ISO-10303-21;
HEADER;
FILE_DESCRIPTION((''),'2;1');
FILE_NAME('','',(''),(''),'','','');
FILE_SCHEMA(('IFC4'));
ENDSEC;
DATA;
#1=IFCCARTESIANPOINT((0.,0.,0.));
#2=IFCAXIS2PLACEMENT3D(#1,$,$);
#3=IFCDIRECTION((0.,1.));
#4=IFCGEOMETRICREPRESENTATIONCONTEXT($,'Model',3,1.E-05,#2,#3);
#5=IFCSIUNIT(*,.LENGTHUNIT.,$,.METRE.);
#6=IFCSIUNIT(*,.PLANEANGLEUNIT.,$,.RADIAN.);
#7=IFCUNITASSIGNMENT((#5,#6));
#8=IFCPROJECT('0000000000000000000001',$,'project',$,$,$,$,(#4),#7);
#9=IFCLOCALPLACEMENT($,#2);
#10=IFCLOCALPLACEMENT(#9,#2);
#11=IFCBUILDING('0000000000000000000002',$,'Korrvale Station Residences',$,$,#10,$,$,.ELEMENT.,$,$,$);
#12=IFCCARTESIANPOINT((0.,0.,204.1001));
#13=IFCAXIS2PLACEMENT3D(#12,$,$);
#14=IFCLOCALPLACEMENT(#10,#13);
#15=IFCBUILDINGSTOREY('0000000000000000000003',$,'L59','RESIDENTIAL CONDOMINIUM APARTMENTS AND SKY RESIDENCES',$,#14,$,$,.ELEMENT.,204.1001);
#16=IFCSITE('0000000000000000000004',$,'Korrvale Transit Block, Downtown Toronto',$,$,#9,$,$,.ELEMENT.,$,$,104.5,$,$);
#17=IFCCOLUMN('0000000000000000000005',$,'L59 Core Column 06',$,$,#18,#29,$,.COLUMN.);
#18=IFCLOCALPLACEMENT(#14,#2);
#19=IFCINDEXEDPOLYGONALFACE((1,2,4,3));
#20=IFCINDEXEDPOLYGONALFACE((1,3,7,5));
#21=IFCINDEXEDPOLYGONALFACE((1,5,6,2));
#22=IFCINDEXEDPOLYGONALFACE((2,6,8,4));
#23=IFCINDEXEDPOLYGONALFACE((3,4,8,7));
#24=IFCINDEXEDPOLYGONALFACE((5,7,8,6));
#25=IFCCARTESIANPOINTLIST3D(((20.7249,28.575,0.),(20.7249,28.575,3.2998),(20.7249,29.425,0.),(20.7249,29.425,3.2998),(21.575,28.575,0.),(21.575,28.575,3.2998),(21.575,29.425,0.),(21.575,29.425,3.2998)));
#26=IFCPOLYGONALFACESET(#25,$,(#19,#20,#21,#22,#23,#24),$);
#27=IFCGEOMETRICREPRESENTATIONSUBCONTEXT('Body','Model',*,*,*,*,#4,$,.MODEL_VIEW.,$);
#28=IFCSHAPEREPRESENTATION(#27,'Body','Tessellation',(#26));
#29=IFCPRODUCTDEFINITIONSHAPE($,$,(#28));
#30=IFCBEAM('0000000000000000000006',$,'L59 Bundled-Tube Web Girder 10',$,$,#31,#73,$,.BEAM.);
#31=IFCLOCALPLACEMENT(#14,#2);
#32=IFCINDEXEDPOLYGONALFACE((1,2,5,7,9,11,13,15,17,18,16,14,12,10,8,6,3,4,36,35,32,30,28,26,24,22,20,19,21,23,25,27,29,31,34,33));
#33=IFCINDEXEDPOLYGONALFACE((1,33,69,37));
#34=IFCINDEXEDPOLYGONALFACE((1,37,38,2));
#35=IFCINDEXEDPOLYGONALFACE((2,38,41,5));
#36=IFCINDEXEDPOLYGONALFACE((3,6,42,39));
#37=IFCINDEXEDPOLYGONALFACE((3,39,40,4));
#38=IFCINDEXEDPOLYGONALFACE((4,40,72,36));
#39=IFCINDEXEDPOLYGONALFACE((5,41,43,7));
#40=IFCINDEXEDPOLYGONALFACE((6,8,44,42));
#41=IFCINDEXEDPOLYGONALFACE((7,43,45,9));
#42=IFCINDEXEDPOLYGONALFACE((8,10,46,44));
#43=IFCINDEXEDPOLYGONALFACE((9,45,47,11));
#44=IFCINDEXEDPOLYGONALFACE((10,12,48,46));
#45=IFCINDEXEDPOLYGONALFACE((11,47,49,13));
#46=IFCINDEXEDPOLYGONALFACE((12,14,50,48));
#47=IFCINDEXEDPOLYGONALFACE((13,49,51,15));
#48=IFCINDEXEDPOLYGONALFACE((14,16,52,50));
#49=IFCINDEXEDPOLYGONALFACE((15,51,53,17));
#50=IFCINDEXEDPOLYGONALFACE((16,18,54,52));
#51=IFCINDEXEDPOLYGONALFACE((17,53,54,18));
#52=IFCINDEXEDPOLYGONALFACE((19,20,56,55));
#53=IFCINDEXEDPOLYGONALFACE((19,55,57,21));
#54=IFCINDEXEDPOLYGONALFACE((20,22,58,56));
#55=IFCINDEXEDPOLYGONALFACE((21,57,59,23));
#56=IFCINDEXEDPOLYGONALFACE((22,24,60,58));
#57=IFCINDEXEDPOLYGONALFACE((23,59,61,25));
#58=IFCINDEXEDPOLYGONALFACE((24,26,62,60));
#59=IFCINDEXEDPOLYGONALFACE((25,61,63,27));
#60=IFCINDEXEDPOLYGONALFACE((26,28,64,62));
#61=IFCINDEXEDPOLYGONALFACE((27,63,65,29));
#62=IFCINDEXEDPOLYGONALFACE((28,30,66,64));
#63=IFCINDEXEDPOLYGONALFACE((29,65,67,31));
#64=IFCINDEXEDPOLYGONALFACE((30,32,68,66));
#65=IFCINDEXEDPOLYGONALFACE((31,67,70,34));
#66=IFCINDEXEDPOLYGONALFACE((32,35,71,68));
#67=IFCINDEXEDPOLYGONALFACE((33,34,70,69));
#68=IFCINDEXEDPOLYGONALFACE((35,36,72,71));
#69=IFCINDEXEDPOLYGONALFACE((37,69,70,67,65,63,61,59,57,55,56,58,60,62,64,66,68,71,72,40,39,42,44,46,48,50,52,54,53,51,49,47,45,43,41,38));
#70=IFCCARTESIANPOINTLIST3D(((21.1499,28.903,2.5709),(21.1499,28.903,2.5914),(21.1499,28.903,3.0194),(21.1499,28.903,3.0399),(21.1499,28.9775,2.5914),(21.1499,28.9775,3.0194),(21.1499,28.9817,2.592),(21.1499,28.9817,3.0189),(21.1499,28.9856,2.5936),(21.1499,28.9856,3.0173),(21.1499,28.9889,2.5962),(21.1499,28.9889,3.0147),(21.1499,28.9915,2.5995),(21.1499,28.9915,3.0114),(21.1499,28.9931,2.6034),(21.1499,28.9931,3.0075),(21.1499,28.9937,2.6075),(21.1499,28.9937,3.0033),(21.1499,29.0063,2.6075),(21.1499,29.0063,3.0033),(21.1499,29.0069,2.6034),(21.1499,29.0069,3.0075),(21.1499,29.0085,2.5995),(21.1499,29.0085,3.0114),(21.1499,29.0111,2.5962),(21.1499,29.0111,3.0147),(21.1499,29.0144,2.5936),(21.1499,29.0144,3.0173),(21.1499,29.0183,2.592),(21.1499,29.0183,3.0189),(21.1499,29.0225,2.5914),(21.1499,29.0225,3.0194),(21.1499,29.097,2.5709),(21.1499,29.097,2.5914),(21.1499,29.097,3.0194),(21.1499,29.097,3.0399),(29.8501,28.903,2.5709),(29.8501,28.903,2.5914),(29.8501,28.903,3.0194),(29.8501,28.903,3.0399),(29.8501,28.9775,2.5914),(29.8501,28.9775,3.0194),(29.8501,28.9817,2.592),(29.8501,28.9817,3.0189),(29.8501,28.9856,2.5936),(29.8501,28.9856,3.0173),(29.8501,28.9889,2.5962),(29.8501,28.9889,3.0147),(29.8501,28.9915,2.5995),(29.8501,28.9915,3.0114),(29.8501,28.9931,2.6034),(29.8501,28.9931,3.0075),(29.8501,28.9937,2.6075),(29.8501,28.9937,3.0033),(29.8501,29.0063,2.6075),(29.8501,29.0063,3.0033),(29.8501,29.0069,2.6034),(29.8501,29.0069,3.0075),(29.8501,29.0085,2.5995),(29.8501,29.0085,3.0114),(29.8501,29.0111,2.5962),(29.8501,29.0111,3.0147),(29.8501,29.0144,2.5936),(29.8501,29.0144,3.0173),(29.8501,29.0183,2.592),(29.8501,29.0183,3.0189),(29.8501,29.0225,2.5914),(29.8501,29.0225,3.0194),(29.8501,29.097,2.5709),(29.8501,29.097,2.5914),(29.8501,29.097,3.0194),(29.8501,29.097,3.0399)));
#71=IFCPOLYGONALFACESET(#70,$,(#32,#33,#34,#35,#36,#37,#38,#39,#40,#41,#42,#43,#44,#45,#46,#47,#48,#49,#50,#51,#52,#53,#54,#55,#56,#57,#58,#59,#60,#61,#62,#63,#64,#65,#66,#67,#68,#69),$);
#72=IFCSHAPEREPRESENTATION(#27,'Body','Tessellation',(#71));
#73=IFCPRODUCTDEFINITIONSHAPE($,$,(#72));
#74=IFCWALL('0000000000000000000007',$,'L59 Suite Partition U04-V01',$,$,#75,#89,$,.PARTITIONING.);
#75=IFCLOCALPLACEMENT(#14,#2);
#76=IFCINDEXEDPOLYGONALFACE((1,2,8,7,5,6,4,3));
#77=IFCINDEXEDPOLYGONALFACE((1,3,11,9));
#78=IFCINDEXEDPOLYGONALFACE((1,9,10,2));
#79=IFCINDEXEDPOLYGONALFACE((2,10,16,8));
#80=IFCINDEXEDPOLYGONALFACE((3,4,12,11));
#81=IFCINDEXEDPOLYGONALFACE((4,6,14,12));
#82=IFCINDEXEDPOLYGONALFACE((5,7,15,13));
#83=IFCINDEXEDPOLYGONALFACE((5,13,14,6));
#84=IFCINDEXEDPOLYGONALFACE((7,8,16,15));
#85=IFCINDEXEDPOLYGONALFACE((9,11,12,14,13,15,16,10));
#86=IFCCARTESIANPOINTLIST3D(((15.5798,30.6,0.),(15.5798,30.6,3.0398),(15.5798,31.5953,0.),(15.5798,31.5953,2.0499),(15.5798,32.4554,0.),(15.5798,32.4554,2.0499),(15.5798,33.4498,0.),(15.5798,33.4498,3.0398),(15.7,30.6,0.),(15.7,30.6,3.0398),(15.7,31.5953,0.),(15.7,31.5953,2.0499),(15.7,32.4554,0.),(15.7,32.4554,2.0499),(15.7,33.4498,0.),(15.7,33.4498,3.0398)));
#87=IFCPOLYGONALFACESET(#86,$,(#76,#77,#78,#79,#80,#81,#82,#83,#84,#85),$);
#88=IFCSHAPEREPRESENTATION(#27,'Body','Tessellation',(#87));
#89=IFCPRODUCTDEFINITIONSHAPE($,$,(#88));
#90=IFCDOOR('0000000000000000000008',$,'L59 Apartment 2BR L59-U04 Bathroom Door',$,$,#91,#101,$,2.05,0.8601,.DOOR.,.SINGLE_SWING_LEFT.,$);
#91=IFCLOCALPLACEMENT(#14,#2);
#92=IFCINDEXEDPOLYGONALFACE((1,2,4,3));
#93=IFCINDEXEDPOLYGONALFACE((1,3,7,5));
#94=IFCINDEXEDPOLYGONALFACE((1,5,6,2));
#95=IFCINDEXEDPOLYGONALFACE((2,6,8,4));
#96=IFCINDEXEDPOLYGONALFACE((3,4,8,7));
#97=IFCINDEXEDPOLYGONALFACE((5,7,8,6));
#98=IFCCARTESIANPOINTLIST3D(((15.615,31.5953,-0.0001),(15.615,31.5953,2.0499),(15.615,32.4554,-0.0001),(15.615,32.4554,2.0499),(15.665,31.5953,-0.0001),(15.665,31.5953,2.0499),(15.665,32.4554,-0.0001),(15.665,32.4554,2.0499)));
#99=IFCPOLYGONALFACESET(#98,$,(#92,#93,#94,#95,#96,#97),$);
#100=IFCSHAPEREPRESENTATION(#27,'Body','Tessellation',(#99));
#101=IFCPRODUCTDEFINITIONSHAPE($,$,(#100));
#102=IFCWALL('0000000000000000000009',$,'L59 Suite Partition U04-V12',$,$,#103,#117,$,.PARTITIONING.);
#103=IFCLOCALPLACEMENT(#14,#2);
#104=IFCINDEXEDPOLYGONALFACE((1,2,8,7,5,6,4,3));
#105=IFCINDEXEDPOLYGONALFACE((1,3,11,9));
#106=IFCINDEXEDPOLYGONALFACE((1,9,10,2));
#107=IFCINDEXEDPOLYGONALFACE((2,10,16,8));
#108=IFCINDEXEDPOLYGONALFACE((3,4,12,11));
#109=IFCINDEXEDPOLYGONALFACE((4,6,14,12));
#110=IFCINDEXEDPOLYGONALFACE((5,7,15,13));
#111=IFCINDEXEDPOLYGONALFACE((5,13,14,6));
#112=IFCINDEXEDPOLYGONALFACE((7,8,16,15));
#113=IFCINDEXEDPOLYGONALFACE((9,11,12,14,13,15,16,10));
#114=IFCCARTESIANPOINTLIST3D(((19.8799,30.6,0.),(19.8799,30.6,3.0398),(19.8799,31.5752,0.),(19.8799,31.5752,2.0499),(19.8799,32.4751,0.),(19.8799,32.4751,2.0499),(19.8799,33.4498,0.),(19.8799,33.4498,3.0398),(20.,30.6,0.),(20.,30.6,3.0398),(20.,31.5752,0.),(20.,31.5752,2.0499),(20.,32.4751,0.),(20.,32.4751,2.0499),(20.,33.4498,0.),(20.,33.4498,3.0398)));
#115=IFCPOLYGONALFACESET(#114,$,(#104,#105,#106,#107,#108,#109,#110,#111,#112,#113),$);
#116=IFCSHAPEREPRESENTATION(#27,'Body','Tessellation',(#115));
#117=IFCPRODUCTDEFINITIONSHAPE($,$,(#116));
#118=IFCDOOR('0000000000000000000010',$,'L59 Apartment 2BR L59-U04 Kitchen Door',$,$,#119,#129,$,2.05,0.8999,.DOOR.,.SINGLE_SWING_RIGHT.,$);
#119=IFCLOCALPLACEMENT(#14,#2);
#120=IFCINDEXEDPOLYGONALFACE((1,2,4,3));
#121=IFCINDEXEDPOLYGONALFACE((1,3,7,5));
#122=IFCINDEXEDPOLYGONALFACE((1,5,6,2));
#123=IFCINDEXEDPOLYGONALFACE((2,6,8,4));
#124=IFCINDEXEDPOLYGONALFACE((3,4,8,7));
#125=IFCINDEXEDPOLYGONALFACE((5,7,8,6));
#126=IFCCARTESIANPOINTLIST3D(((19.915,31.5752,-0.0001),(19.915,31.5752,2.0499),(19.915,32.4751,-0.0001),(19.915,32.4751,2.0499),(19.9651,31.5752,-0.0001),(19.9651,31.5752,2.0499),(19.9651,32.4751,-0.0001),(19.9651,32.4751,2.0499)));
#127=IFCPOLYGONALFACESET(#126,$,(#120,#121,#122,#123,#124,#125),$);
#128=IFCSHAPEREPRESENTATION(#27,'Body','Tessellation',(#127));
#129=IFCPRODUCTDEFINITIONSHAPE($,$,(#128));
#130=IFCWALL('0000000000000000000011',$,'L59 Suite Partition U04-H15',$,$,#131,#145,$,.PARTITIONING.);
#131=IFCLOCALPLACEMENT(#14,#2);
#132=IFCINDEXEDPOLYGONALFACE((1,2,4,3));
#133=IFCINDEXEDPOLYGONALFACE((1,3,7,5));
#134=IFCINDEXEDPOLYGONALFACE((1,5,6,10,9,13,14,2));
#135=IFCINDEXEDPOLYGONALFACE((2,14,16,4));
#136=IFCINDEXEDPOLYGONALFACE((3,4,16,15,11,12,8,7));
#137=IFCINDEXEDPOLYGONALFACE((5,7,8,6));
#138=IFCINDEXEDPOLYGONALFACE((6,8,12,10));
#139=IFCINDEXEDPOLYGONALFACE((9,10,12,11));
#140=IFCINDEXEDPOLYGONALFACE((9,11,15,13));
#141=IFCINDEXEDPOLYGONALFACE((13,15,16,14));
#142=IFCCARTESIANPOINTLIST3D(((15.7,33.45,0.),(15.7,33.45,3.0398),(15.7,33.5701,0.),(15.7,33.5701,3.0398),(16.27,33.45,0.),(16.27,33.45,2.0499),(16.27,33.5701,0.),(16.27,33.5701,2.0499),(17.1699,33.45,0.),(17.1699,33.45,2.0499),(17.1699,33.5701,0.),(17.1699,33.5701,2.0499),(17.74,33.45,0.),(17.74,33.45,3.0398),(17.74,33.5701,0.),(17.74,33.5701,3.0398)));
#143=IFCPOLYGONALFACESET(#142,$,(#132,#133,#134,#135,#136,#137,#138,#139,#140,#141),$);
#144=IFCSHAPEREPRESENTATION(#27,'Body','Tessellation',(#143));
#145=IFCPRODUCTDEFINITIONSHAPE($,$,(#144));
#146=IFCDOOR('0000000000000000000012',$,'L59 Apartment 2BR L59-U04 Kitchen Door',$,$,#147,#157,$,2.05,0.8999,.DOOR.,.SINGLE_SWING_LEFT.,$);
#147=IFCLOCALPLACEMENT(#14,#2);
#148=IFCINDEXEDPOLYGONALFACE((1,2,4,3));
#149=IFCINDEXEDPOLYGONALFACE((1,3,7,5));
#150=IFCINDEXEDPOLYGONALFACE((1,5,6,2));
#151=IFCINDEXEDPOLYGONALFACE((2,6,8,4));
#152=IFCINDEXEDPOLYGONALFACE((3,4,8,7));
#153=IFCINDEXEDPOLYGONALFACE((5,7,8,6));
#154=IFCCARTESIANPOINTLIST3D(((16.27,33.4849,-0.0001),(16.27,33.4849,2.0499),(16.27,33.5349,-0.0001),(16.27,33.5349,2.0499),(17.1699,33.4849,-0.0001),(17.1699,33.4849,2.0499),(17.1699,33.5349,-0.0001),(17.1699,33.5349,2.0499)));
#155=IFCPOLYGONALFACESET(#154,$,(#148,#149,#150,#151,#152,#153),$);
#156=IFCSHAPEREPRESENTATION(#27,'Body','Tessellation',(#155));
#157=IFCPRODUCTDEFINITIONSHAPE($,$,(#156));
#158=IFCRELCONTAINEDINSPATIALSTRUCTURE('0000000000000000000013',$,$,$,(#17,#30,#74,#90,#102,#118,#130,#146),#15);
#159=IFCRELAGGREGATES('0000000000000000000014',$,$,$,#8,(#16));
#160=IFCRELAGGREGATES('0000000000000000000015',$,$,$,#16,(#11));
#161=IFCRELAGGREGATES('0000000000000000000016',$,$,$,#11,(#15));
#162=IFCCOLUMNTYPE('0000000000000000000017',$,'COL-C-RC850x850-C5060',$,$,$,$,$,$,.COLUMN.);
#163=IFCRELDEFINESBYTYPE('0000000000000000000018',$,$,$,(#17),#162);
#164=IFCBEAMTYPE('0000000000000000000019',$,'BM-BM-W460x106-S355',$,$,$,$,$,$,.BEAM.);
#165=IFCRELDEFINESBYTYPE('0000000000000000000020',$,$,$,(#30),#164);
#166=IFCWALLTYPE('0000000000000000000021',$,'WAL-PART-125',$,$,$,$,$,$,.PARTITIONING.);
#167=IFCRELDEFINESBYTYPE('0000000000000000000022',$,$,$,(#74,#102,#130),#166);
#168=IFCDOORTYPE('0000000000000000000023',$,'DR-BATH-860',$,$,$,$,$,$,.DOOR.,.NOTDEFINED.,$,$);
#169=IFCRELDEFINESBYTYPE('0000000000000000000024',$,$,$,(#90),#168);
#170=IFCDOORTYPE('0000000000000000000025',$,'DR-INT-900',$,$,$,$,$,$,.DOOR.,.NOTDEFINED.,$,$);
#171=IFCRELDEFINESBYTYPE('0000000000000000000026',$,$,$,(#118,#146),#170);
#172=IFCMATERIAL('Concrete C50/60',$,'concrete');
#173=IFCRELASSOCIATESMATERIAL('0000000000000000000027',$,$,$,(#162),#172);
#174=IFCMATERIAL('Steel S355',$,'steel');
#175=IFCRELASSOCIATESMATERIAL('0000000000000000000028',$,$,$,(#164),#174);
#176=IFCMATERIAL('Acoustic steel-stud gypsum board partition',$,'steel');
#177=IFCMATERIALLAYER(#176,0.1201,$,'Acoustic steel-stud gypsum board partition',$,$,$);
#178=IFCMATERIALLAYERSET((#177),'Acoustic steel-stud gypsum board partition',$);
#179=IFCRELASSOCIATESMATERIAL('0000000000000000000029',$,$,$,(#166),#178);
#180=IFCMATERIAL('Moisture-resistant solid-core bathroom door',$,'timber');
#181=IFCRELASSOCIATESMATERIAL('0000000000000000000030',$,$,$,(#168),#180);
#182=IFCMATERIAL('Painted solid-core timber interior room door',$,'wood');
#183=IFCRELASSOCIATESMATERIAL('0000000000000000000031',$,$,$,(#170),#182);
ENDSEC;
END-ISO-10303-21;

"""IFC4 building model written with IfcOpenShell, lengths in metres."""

from ifc_helpers import new_model, si_unit, direction, frame, frame_2d, origin, origin_2d, place, context, subcontext, project, spatial, rectangle, i_section, extrude, material, layer, layer_set, material_profile, profile_set, type_object, element, fill, save


model = new_model("IFC4")

# Units and contexts
model_context = context("Model", 3, precision=1e-05, world=origin(), true_north=direction((0.0, 1.0)))
body_context = subcontext(model_context, "Body", "Model", "MODEL_VIEW")
ifc_project = project(units=[si_unit("LENGTHUNIT", "METRE"), si_unit("PLANEANGLEUNIT", "RADIAN")], contexts=[model_context])

# Site, building, storey
site_placement = place(None, origin())
site = spatial("IfcSite", under=ifc_project, at=site_placement, Name="Korrvale Transit Block, Downtown Toronto", CompositionType="ELEMENT", RefElevation=104.5)
building_placement = place(site_placement, origin())
building = spatial("IfcBuilding", under=site, at=building_placement, Name="Korrvale Station Residences", CompositionType="ELEMENT")
storey_placement = place(building_placement, frame((0.0, 0.0, 204.1001)))
storey = spatial("IfcBuildingStorey", under=building, at=storey_placement, Name="L59", Description="RESIDENTIAL CONDOMINIUM APARTMENTS AND SKY RESIDENCES", CompositionType="ELEMENT", Elevation=204.1001)

# Column
ifc_material_1 = material(Name="Concrete C50/60", Category="concrete")
ifc_material_profile_1 = material_profile(ifc_material_1, rectangle(XDim=0.8501, YDim=0.8501, at=origin_2d()), Name="RC850x850")
ifc_profile_set_1 = profile_set([ifc_material_profile_1], Name="Concrete C50/60")
column_type = type_object("IfcColumnType", Name="COL-C-RC850x850-C5060", PredefinedType="COLUMN", material=ifc_profile_set_1)
column_placement = place(storey_placement, frame((21.1499, 29.0, 0.0), z_axis=(0.0, 0.0, 1.0), x_axis=(1.0, 0.0, 0.0)))
element("IfcColumn", 1, at=column_placement, inside=storey, type_object=column_type, Name="L59 Core Column 06", PredefinedType="COLUMN", context=body_context, shape_type="SweptSolid", body=[
    extrude(rectangle(XDim=0.8501, YDim=0.8501, at=origin_2d()), origin(), (0.0, 0.0, 1.0), 3.2998),
])

# Beam
ifc_material_2 = material(Name="Steel S355", Category="steel")
ifc_material_profile_2 = material_profile(ifc_material_2, i_section(OverallWidth=0.1941, OverallDepth=0.469, WebThickness=0.0127, FlangeThickness=0.0205, FilletRadius=0.0161, at=origin_2d()), Name="W460x106")
ifc_profile_set_2 = profile_set([ifc_material_profile_2], Name="Steel S355")
beam_type = type_object("IfcBeamType", Name="BM-BM-W460x106-S355", PredefinedType="BEAM", material=ifc_profile_set_2)
beam_placement = place(storey_placement, frame((21.1499, 29.0, 2.8054), z_axis=(1.0, 0.0, 0.0), x_axis=(0.0, 1.0, 0.0)))
element("IfcBeam", 2, at=beam_placement, inside=storey, type_object=beam_type, Name="L59 Bundled-Tube Web Girder 10", PredefinedType="BEAM", context=body_context, shape_type="SweptSolid", body=[
    extrude(i_section(OverallWidth=0.1941, OverallDepth=0.469, WebThickness=0.0127, FlangeThickness=0.0205, FilletRadius=0.0161, at=origin_2d()), origin(), (0.0, 0.0, 1.0), 8.7002),
])

# Walls, openings, doors
ifc_material_3 = material(Name="Acoustic steel-stud gypsum board partition", Category="steel")
ifc_layer = layer(ifc_material_3, 0.1201, Name="Acoustic steel-stud gypsum board partition")
ifc_layer_set = layer_set([ifc_layer], Name="Acoustic steel-stud gypsum board partition")
wall_type = type_object("IfcWallType", Name="WAL-PART-125", PredefinedType="PARTITIONING", material=ifc_layer_set)
wall_1_placement = place(storey_placement, frame((15.6399, 30.6001, 0.0), z_axis=(0.0, 0.0, 1.0), x_axis=(0.0, 1.0, 0.0)))
wall_1 = element("IfcWall", 3, at=wall_1_placement, inside=storey, type_object=wall_type, Name="L59 Suite Partition U04-V01", PredefinedType="PARTITIONING", context=body_context, shape_type="SweptSolid", body=[
    extrude(rectangle(XDim=2.8499, YDim=0.1201, at=frame_2d((1.4248, 0.0))), origin(), (0.0, 0.0, 1.0), 3.0398),
])
opening_1_placement = place(wall_1_placement, frame((0.9951, 0.0, 0.0)))
opening_1 = element("IfcOpeningElement", 4, at=opening_1_placement, cuts=wall_1, PredefinedType="OPENING", context=body_context, shape_type="SweptSolid", body=[
    extrude(rectangle(XDim=0.8601, YDim=2.05, at=frame_2d((0.4302, 1.0249))), frame((0.0, 0.0701, 0.0), z_axis=(0.0, -1.0, 0.0), x_axis=(1.0, 0.0, 0.0)), (0.0, 0.0, 1.0), 0.1401),
])
ifc_material_4 = material(Name="Moisture-resistant solid-core bathroom door", Category="timber")
door_type_1 = type_object("IfcDoorType", Name="DR-BATH-860", OperationType="NOTDEFINED", PredefinedType="DOOR", material=ifc_material_4)
door_1_placement = place(opening_1_placement, origin())
door_1 = element("IfcDoor", 5, at=door_1_placement, inside=storey, type_object=door_type_1, Name="L59 Apartment 2BR L59-U04 Bathroom Door", OperationType="SINGLE_SWING_LEFT", OverallHeight=2.05, OverallWidth=0.8601, PredefinedType="DOOR", context=body_context, shape_type="SweptSolid", body=[
    extrude(rectangle(XDim=0.8601, YDim=2.05, at=frame_2d((0.4302, 1.0249))), frame((0.0, 0.0249, 0.0), z_axis=(0.0, -1.0, 0.0), x_axis=(1.0, 0.0, 0.0)), (0.0, 0.0, 1.0), 0.05),
])
fill(opening_1, door_1)
wall_2_placement = place(storey_placement, frame((19.9399, 30.6001, 0.0), z_axis=(0.0, 0.0, 1.0), x_axis=(0.0, 1.0, 0.0)))
wall_2 = element("IfcWall", 6, at=wall_2_placement, inside=storey, type_object=wall_type, Name="L59 Suite Partition U04-V12", PredefinedType="PARTITIONING", context=body_context, shape_type="SweptSolid", body=[
    extrude(rectangle(XDim=2.8499, YDim=0.1201, at=frame_2d((1.4248, 0.0))), origin(), (0.0, 0.0, 1.0), 3.0398),
])
opening_2_placement = place(wall_2_placement, frame((0.9751, 0.0, 0.0)))
opening_2 = element("IfcOpeningElement", 7, at=opening_2_placement, cuts=wall_2, PredefinedType="OPENING", context=body_context, shape_type="SweptSolid", body=[
    extrude(rectangle(XDim=0.8999, YDim=2.05, at=frame_2d((0.45, 1.0249))), frame((0.0, 0.0701, 0.0), z_axis=(0.0, -1.0, 0.0), x_axis=(1.0, 0.0, 0.0)), (0.0, 0.0, 1.0), 0.1401),
])
ifc_material_5 = material(Name="Painted solid-core timber interior room door", Category="wood")
door_type_2 = type_object("IfcDoorType", Name="DR-INT-900", OperationType="NOTDEFINED", PredefinedType="DOOR", material=ifc_material_5)
door_2_placement = place(opening_2_placement, origin())
door_2 = element("IfcDoor", 8, at=door_2_placement, inside=storey, type_object=door_type_2, Name="L59 Apartment 2BR L59-U04 Kitchen Door", OperationType="SINGLE_SWING_RIGHT", OverallHeight=2.05, OverallWidth=0.8999, PredefinedType="DOOR", context=body_context, shape_type="SweptSolid", body=[
    extrude(rectangle(XDim=0.8999, YDim=2.05, at=frame_2d((0.45, 1.0249))), frame((0.0, 0.0249, 0.0), z_axis=(0.0, -1.0, 0.0), x_axis=(1.0, 0.0, 0.0)), (0.0, 0.0, 1.0), 0.05),
])
fill(opening_2, door_2)
wall_3_placement = place(storey_placement, frame((15.7, 33.51, 0.0), z_axis=(0.0, 0.0, 1.0), x_axis=(1.0, 0.0, 0.0)))
wall_3 = element("IfcWall", 9, at=wall_3_placement, inside=storey, type_object=wall_type, Name="L59 Suite Partition U04-H15", PredefinedType="PARTITIONING", context=body_context, shape_type="SweptSolid", body=[
    extrude(rectangle(XDim=2.04, YDim=0.1201, at=frame_2d((1.02, 0.0))), origin(), (0.0, 0.0, 1.0), 3.0398),
])
opening_3_placement = place(wall_3_placement, frame((0.5701, 0.0, 0.0)))
opening_3 = element("IfcOpeningElement", 10, at=opening_3_placement, cuts=wall_3, PredefinedType="OPENING", context=body_context, shape_type="SweptSolid", body=[
    extrude(rectangle(XDim=0.8999, YDim=2.05, at=frame_2d((0.45, 1.0249))), frame((0.0, 0.0701, 0.0), z_axis=(0.0, -1.0, 0.0), x_axis=(1.0, 0.0, 0.0)), (0.0, 0.0, 1.0), 0.1401),
])
door_3_placement = place(opening_3_placement, origin())
door_3 = element("IfcDoor", 11, at=door_3_placement, inside=storey, type_object=door_type_2, Name="L59 Apartment 2BR L59-U04 Kitchen Door", OperationType="SINGLE_SWING_LEFT", OverallHeight=2.05, OverallWidth=0.8999, PredefinedType="DOOR", context=body_context, shape_type="SweptSolid", body=[
    extrude(rectangle(XDim=0.8999, YDim=2.05, at=frame_2d((0.45, 1.0249))), frame((0.0, 0.0249, 0.0), z_axis=(0.0, -1.0, 0.0), x_axis=(1.0, 0.0, 0.0)), (0.0, 0.0, 1.0), 0.05),
])
fill(opening_3, door_3)

save(model, "model.ifc")
